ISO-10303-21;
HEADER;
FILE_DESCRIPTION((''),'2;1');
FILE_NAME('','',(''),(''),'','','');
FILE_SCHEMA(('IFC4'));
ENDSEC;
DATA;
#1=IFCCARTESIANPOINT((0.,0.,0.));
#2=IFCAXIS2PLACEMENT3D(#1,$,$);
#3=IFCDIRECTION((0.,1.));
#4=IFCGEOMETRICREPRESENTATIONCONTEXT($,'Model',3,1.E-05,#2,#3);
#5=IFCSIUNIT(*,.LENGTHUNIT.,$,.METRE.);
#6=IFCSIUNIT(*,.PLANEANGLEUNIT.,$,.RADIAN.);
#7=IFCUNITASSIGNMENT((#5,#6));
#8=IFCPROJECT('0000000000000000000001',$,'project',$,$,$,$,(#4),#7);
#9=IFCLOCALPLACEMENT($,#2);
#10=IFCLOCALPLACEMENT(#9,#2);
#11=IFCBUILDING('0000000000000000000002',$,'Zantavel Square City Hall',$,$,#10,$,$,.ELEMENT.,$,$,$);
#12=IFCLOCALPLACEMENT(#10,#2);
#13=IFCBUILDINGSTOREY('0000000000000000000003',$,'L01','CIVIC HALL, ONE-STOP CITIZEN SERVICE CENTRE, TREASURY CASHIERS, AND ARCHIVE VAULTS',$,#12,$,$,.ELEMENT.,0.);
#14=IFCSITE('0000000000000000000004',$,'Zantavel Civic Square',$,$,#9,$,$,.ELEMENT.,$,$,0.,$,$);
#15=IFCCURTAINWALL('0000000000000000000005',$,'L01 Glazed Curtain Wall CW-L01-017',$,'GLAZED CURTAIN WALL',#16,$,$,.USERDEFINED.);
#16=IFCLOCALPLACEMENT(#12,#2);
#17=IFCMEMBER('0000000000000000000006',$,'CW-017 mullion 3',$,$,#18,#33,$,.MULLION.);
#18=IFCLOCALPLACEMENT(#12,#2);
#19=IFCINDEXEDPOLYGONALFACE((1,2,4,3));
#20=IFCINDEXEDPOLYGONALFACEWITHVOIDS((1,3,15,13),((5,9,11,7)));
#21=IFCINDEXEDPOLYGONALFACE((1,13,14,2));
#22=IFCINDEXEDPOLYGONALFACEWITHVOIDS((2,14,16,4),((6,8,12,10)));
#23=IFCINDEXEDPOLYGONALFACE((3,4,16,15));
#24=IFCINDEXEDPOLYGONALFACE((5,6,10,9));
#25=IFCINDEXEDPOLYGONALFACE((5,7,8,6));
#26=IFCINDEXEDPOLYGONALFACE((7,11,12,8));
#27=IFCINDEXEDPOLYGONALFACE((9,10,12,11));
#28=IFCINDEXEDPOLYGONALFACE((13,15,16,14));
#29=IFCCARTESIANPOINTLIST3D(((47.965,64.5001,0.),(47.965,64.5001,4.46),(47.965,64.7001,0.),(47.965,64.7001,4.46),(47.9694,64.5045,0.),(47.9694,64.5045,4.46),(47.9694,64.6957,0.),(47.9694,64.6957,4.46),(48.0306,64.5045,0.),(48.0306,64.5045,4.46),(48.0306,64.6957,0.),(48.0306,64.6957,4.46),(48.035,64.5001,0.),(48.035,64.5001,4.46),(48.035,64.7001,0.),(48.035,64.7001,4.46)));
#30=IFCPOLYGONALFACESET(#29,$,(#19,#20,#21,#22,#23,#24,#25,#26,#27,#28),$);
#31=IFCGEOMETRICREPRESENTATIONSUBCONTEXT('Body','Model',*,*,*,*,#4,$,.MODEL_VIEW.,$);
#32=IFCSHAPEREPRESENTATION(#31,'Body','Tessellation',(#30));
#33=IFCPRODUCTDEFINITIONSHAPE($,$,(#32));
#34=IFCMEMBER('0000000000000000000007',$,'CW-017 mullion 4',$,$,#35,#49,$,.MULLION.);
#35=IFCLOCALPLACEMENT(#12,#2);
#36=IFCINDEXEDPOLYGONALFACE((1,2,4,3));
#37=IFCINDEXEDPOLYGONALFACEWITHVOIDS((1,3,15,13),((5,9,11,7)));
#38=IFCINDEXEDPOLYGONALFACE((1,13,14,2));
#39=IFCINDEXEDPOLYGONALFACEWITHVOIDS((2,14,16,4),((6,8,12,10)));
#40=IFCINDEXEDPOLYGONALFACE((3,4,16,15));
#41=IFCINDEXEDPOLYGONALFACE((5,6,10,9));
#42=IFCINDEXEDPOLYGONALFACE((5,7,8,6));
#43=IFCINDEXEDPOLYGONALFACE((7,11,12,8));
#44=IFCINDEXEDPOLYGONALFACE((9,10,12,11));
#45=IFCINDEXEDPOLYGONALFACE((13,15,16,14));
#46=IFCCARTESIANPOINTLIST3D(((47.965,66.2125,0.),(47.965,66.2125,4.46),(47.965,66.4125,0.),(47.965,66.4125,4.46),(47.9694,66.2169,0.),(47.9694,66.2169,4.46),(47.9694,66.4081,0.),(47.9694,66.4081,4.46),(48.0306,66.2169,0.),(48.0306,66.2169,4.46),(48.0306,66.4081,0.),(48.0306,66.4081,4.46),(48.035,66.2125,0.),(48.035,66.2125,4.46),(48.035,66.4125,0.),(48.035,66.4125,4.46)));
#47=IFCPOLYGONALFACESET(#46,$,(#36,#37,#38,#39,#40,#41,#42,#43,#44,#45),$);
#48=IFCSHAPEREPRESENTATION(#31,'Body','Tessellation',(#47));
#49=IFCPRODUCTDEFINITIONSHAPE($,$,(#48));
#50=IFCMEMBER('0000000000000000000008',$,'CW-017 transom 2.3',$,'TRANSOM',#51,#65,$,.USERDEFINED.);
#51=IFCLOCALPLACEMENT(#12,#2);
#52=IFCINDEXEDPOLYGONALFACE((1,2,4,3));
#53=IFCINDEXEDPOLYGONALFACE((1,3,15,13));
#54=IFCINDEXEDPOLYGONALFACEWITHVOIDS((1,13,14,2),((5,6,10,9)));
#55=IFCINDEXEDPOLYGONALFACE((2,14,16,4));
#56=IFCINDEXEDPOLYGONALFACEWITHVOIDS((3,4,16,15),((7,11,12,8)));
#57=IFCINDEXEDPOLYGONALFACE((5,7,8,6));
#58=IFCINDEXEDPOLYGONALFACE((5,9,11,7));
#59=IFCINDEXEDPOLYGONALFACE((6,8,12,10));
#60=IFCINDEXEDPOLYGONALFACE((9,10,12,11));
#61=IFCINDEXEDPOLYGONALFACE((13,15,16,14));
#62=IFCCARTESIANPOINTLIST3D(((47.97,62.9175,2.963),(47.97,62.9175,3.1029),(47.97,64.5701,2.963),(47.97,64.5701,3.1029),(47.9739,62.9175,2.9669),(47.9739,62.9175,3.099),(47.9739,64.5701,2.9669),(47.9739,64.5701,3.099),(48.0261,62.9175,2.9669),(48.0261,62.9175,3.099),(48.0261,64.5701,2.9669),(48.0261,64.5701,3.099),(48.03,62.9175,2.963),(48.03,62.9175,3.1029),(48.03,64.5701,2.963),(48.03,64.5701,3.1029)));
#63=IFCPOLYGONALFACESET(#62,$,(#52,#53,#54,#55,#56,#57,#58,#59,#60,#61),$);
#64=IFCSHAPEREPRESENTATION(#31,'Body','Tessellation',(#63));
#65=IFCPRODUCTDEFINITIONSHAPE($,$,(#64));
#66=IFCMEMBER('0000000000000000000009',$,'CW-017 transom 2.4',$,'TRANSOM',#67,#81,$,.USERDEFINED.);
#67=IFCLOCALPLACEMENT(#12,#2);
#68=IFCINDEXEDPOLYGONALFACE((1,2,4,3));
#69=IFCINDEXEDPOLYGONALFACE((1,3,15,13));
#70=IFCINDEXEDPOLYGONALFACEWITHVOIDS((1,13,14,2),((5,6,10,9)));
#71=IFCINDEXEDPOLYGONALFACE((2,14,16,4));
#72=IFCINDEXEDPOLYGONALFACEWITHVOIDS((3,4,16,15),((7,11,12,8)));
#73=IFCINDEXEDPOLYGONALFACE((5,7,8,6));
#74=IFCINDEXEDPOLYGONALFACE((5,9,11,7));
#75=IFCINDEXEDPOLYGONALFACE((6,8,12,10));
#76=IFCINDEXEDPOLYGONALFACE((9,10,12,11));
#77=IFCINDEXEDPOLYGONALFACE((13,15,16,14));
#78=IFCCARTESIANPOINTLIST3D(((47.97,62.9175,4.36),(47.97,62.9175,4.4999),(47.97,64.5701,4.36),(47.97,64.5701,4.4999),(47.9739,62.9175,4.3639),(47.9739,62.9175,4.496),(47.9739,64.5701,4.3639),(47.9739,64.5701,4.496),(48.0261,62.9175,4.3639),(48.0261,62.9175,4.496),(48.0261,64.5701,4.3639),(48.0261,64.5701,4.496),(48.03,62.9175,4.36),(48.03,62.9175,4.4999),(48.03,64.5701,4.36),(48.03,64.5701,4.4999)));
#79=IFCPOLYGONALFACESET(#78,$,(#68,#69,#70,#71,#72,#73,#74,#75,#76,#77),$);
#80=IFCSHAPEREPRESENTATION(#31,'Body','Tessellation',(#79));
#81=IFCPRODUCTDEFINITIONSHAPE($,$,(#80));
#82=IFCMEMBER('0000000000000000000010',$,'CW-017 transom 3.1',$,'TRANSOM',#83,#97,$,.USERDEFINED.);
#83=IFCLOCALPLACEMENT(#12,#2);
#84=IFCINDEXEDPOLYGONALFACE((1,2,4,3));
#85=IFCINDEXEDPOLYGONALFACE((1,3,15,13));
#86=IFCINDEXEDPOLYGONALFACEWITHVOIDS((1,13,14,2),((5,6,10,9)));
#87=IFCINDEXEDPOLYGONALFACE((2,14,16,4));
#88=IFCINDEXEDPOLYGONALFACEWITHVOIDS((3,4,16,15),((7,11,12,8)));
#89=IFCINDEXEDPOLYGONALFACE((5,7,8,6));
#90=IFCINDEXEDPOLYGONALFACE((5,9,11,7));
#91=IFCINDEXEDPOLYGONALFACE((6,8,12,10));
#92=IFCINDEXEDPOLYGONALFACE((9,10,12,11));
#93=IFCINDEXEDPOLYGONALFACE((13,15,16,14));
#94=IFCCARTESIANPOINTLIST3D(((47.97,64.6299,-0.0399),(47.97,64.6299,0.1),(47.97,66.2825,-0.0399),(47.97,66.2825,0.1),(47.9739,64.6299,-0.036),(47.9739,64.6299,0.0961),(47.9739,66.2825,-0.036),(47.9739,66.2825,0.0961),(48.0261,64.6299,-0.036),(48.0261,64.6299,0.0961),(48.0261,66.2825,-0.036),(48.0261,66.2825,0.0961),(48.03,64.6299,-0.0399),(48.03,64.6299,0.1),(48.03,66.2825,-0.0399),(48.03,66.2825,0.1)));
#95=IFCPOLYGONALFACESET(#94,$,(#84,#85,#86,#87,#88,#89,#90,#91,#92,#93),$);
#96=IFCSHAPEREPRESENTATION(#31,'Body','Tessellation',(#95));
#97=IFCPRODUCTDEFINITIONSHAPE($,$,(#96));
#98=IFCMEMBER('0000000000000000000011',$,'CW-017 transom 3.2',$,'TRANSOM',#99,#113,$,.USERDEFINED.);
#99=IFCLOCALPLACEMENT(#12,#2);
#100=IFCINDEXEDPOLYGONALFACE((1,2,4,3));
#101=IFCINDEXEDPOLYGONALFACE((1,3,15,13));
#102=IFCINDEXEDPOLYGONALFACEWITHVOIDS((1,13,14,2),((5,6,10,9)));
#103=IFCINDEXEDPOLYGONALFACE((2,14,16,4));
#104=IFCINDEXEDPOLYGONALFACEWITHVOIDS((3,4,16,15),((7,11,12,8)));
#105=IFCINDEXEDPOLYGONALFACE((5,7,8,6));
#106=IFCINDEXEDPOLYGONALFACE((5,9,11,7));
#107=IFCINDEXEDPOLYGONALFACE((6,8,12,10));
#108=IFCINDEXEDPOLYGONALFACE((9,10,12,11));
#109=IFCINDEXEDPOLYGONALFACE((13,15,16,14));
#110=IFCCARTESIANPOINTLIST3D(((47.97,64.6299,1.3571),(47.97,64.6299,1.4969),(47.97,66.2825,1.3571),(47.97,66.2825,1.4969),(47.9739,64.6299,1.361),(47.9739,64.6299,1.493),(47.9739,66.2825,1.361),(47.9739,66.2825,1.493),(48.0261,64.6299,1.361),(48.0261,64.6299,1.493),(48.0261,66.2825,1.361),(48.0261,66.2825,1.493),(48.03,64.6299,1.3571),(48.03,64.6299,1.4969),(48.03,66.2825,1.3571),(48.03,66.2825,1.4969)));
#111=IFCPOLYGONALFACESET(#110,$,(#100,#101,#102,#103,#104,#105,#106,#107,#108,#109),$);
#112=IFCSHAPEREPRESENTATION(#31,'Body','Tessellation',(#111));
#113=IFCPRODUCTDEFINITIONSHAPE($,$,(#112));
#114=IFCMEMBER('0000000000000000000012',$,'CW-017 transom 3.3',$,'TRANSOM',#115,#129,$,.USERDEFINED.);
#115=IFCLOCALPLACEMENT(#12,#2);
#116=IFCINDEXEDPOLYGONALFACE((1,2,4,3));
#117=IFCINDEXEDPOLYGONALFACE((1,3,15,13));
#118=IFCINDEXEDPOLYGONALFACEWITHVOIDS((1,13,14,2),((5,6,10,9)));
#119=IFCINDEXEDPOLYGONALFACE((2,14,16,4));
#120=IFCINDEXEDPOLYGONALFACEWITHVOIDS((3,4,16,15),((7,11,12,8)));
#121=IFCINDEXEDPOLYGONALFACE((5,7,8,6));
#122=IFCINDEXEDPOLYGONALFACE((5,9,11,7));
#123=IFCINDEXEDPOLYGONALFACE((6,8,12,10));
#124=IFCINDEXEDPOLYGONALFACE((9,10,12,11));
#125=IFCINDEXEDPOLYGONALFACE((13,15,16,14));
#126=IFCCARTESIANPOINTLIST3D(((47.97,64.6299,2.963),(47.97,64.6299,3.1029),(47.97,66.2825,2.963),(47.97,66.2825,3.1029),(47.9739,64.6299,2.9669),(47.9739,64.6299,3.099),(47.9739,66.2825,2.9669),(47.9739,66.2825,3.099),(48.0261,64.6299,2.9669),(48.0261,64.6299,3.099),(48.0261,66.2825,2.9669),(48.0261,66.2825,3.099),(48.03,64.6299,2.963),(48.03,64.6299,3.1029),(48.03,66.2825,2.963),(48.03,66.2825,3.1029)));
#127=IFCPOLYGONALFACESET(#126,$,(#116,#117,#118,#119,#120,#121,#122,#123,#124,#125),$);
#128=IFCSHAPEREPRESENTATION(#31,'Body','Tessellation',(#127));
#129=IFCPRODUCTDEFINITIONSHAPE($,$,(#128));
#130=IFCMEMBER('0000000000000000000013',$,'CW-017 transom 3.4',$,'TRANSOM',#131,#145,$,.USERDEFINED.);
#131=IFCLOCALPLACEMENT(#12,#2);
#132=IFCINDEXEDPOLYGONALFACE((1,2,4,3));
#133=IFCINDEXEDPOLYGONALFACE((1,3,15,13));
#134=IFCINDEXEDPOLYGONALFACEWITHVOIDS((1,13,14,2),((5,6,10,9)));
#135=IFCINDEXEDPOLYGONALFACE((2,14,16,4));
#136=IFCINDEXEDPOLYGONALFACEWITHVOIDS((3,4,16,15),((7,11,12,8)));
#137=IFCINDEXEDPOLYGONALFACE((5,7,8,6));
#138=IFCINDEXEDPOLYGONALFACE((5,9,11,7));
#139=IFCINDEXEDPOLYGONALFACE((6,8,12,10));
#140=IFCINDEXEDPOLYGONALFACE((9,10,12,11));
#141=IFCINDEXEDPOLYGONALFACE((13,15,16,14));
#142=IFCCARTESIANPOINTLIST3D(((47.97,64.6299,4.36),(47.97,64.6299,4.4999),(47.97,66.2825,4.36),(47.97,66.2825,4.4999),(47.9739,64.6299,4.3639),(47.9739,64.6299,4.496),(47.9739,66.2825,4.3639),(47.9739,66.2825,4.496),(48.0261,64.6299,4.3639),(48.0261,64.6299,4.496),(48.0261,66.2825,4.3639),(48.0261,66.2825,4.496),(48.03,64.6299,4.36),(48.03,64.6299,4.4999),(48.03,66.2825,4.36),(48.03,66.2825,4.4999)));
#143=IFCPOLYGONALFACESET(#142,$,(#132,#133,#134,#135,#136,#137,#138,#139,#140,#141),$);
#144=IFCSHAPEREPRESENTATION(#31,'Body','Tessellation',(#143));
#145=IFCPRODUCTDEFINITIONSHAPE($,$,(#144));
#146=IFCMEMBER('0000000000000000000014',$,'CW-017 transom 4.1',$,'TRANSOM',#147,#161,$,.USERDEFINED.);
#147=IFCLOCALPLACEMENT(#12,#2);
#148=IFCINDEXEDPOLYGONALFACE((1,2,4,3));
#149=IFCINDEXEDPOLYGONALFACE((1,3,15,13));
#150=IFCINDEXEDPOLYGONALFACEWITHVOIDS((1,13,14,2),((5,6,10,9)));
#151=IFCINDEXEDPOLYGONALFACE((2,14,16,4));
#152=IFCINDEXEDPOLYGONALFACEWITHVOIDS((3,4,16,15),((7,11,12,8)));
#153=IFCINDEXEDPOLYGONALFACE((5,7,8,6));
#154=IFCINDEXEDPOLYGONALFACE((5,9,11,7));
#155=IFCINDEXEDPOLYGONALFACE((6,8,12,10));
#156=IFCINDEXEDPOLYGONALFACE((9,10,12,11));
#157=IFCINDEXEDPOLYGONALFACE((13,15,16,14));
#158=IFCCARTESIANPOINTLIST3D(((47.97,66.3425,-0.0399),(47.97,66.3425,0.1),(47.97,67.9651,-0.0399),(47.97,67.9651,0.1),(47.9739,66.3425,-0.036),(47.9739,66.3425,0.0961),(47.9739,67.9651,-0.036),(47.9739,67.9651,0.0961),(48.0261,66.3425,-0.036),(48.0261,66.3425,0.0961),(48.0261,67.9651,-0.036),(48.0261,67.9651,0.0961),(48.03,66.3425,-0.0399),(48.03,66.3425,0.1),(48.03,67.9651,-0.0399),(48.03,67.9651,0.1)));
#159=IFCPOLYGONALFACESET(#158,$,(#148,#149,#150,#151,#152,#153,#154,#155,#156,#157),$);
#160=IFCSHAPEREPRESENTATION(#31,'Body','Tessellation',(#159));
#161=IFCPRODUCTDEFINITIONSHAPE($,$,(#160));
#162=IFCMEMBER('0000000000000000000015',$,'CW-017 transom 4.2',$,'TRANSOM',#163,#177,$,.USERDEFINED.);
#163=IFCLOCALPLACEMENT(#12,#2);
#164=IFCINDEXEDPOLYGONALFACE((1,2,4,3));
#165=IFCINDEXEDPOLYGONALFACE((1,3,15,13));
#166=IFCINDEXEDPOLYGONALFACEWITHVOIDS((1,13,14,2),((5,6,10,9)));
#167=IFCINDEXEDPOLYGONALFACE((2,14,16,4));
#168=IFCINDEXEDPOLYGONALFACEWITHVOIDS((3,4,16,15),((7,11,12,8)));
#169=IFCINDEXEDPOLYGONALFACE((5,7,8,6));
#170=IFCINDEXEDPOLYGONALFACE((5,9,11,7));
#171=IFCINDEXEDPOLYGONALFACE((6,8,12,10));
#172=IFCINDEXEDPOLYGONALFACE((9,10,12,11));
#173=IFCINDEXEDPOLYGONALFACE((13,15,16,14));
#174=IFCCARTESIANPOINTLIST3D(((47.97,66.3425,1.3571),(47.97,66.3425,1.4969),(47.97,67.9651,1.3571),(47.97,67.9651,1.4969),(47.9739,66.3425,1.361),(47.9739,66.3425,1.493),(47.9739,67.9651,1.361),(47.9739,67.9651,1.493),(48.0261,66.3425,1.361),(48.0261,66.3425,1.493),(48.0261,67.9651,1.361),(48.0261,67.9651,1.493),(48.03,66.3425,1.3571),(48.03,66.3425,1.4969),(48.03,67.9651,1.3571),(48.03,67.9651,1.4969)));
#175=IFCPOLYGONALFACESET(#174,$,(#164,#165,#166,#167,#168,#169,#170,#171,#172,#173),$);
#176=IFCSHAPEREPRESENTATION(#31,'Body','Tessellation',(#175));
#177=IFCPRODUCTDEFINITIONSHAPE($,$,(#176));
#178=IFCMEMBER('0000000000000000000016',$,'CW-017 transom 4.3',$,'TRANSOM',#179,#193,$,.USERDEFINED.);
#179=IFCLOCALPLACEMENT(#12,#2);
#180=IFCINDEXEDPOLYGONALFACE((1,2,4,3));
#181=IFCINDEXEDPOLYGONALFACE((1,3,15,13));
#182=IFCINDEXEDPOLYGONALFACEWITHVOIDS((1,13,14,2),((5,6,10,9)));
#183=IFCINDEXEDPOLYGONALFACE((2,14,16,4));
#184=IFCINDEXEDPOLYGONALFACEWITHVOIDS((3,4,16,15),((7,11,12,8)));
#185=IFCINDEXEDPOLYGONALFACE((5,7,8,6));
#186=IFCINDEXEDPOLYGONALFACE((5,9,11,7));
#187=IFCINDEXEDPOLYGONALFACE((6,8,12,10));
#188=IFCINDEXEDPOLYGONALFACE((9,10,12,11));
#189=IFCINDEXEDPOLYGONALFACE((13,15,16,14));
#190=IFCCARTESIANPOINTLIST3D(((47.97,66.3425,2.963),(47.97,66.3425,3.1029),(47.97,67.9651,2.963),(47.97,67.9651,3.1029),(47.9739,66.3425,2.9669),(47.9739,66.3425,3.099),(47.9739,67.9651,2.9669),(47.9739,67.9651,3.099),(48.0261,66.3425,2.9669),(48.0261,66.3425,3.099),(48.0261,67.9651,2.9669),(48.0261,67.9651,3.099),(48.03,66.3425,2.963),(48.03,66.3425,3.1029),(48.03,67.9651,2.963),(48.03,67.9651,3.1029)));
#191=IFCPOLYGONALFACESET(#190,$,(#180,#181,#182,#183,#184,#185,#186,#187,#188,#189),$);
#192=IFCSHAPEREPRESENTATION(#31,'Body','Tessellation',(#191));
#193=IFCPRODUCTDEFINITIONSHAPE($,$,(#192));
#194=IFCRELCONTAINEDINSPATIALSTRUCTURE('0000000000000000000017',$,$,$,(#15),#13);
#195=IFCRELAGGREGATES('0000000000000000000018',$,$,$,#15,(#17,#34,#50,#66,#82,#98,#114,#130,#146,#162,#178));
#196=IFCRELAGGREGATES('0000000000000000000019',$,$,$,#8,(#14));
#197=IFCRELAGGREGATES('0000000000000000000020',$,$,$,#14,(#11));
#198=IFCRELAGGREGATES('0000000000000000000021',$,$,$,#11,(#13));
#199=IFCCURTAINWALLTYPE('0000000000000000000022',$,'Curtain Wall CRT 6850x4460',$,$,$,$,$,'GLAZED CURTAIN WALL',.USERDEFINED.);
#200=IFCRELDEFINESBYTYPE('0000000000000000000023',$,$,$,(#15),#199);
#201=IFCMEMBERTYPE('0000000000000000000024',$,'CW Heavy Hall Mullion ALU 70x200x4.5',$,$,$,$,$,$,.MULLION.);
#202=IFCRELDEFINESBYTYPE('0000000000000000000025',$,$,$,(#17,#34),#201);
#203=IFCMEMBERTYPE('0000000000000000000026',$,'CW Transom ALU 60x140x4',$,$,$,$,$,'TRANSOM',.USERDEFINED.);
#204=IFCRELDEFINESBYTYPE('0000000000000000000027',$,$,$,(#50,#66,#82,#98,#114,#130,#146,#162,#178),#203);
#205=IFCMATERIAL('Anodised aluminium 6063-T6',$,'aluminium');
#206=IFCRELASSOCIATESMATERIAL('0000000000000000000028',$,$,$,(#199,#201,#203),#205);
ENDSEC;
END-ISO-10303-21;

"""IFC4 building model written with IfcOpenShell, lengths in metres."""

from ifc_helpers import new_model, si_unit, direction, frame, origin, origin_2d, place, context, subcontext, project, spatial, hollow_rectangle, extrude, material, material_profile, profile_set, type_object, element, aggregate, save


model = new_model("IFC4")

# Units and contexts
model_context = context("Model", 3, precision=1e-05, world=origin(), true_north=direction((0.0, 1.0)))
body_context = subcontext(model_context, "Body", "Model", "MODEL_VIEW")
ifc_project = project(units=[si_unit("LENGTHUNIT", "METRE"), si_unit("PLANEANGLEUNIT", "RADIAN")], contexts=[model_context])

# Site, building, storey
site_placement = place(None, origin())
site = spatial("IfcSite", under=ifc_project, at=site_placement, Name="Zantavel Civic Square", CompositionType="ELEMENT", RefElevation=0.0)
building_placement = place(site_placement, origin())
building = spatial("IfcBuilding", under=site, at=building_placement, Name="Zantavel Square City Hall", CompositionType="ELEMENT")
storey_placement = place(building_placement, origin())
storey = spatial("IfcBuildingStorey", under=building, at=storey_placement, Name="L01", Description="CIVIC HALL, ONE-STOP CITIZEN SERVICE CENTRE, TREASURY CASHIERS, AND ARCHIVE VAULTS", CompositionType="ELEMENT", Elevation=0.0)

# Curtain wall, members
ifc_material_1 = material(Name="Anodised aluminium 6063-T6", Category="aluminium")
curtain_wall_type = type_object("IfcCurtainWallType", Name="Curtain Wall CRT 6850x4460", ElementType="GLAZED CURTAIN WALL", PredefinedType="USERDEFINED", material=ifc_material_1)
curtain_wall_placement = place(storey_placement, origin())
curtain_wall = element("IfcCurtainWall", 1, at=curtain_wall_placement, inside=storey, type_object=curtain_wall_type, Name="L01 Glazed Curtain Wall CW-L01-017", ObjectType="GLAZED CURTAIN WALL", PredefinedType="USERDEFINED")
ifc_material_profile_1 = material_profile(ifc_material_1, hollow_rectangle(XDim=0.0701, YDim=0.2, WallThickness=0.0044, at=origin_2d()), Name="ALU 70x200x4.5")
ifc_profile_set_1 = profile_set([ifc_material_profile_1], Name="Anodised aluminium 6063-T6")
member_type_1 = type_object("IfcMemberType", Name="CW Heavy Hall Mullion ALU 70x200x4.5", PredefinedType="MULLION", material=ifc_profile_set_1)
member_1_placement = place(storey_placement, frame((48.0, 64.6001, 0.0), z_axis=(0.0, 0.0, 1.0), x_axis=(-1.0, 0.0, 0.0)))
member_1 = element("IfcMember", 2, at=member_1_placement, type_object=member_type_1, Name="CW-017 mullion 3", PredefinedType="MULLION", context=body_context, shape_type="SweptSolid", body=[
    extrude(hollow_rectangle(XDim=0.0701, YDim=0.2, WallThickness=0.0044, at=origin_2d()), origin(), (0.0, 0.0, 1.0), 4.46),
])
member_2_placement = place(storey_placement, frame((48.0, 66.3125, 0.0), z_axis=(0.0, 0.0, 1.0), x_axis=(-1.0, 0.0, 0.0)))
member_2 = element("IfcMember", 3, at=member_2_placement, type_object=member_type_1, Name="CW-017 mullion 4", PredefinedType="MULLION", context=body_context, shape_type="SweptSolid", body=[
    extrude(hollow_rectangle(XDim=0.0701, YDim=0.2, WallThickness=0.0044, at=origin_2d()), origin(), (0.0, 0.0, 1.0), 4.46),
])
ifc_material_profile_2 = material_profile(ifc_material_1, hollow_rectangle(XDim=0.0601, YDim=0.1399, WallThickness=0.0039, at=origin_2d()), Name="ALU 60x140x4")
ifc_profile_set_2 = profile_set([ifc_material_profile_2], Name="Anodised aluminium 6063-T6")
member_type_2 = type_object("IfcMemberType", Name="CW Transom ALU 60x140x4", ElementType="TRANSOM", PredefinedType="USERDEFINED", material=ifc_profile_set_2)
member_3_placement = place(storey_placement, frame((48.0, 62.9175, 3.033), z_axis=(0.0, 1.0, 0.0), x_axis=(-1.0, 0.0, 0.0)))
member_3 = element("IfcMember", 4, at=member_3_placement, type_object=member_type_2, Name="CW-017 transom 2.3", ObjectType="TRANSOM", PredefinedType="USERDEFINED", context=body_context, shape_type="SweptSolid", body=[
    extrude(hollow_rectangle(XDim=0.0601, YDim=0.1399, WallThickness=0.0039, at=origin_2d()), origin(), (0.0, 0.0, 1.0), 1.6526),
])
member_4_placement = place(storey_placement, frame((48.0, 62.9175, 4.4299), z_axis=(0.0, 1.0, 0.0), x_axis=(-1.0, 0.0, 0.0)))
member_4 = element("IfcMember", 5, at=member_4_placement, type_object=member_type_2, Name="CW-017 transom 2.4", ObjectType="TRANSOM", PredefinedType="USERDEFINED", context=body_context, shape_type="SweptSolid", body=[
    extrude(hollow_rectangle(XDim=0.0601, YDim=0.1399, WallThickness=0.0039, at=origin_2d()), origin(), (0.0, 0.0, 1.0), 1.6526),
])
member_5_placement = place(storey_placement, frame((48.0, 64.6299, 0.03), z_axis=(0.0, 1.0, 0.0), x_axis=(-1.0, 0.0, 0.0)))
member_5 = element("IfcMember", 6, at=member_5_placement, type_object=member_type_2, Name="CW-017 transom 3.1", ObjectType="TRANSOM", PredefinedType="USERDEFINED", context=body_context, shape_type="SweptSolid", body=[
    extrude(hollow_rectangle(XDim=0.0601, YDim=0.1399, WallThickness=0.0039, at=origin_2d()), origin(), (0.0, 0.0, 1.0), 1.6526),
])
member_6_placement = place(storey_placement, frame((48.0, 64.6299, 1.427), z_axis=(0.0, 1.0, 0.0), x_axis=(-1.0, 0.0, 0.0)))
member_6 = element("IfcMember", 7, at=member_6_placement, type_object=member_type_2, Name="CW-017 transom 3.2", ObjectType="TRANSOM", PredefinedType="USERDEFINED", context=body_context, shape_type="SweptSolid", body=[
    extrude(hollow_rectangle(XDim=0.0601, YDim=0.1399, WallThickness=0.0039, at=origin_2d()), origin(), (0.0, 0.0, 1.0), 1.6526),
])
member_7_placement = place(storey_placement, frame((48.0, 64.6299, 3.033), z_axis=(0.0, 1.0, 0.0), x_axis=(-1.0, 0.0, 0.0)))
member_7 = element("IfcMember", 8, at=member_7_placement, type_object=member_type_2, Name="CW-017 transom 3.3", ObjectType="TRANSOM", PredefinedType="USERDEFINED", context=body_context, shape_type="SweptSolid", body=[
    extrude(hollow_rectangle(XDim=0.0601, YDim=0.1399, WallThickness=0.0039, at=origin_2d()), origin(), (0.0, 0.0, 1.0), 1.6526),
])
member_8_placement = place(storey_placement, frame((48.0, 64.6299, 4.4299), z_axis=(0.0, 1.0, 0.0), x_axis=(-1.0, 0.0, 0.0)))
member_8 = element("IfcMember", 9, at=member_8_placement, type_object=member_type_2, Name="CW-017 transom 3.4", ObjectType="TRANSOM", PredefinedType="USERDEFINED", context=body_context, shape_type="SweptSolid", body=[
    extrude(hollow_rectangle(XDim=0.0601, YDim=0.1399, WallThickness=0.0039, at=origin_2d()), origin(), (0.0, 0.0, 1.0), 1.6526),
])
member_9_placement = place(storey_placement, frame((48.0, 66.3425, 0.03), z_axis=(0.0, 1.0, 0.0), x_axis=(-1.0, 0.0, 0.0)))
member_9 = element("IfcMember", 10, at=member_9_placement, type_object=member_type_2, Name="CW-017 transom 4.1", ObjectType="TRANSOM", PredefinedType="USERDEFINED", context=body_context, shape_type="SweptSolid", body=[
    extrude(hollow_rectangle(XDim=0.0601, YDim=0.1399, WallThickness=0.0039, at=origin_2d()), origin(), (0.0, 0.0, 1.0), 1.6226),
])
member_10_placement = place(storey_placement, frame((48.0, 66.3425, 1.427), z_axis=(0.0, 1.0, 0.0), x_axis=(-1.0, 0.0, 0.0)))
member_10 = element("IfcMember", 11, at=member_10_placement, type_object=member_type_2, Name="CW-017 transom 4.2", ObjectType="TRANSOM", PredefinedType="USERDEFINED", context=body_context, shape_type="SweptSolid", body=[
    extrude(hollow_rectangle(XDim=0.0601, YDim=0.1399, WallThickness=0.0039, at=origin_2d()), origin(), (0.0, 0.0, 1.0), 1.6226),
])
member_11_placement = place(storey_placement, frame((48.0, 66.3425, 3.033), z_axis=(0.0, 1.0, 0.0), x_axis=(-1.0, 0.0, 0.0)))
member_11 = element("IfcMember", 12, at=member_11_placement, type_object=member_type_2, Name="CW-017 transom 4.3", ObjectType="TRANSOM", PredefinedType="USERDEFINED", context=body_context, shape_type="SweptSolid", body=[
    extrude(hollow_rectangle(XDim=0.0601, YDim=0.1399, WallThickness=0.0039, at=origin_2d()), origin(), (0.0, 0.0, 1.0), 1.6226),
])
aggregate(curtain_wall, [member_1, member_2, member_3, member_4, member_5, member_6, member_7, member_8, member_9, member_10, member_11])

save(model, "model.ifc")
